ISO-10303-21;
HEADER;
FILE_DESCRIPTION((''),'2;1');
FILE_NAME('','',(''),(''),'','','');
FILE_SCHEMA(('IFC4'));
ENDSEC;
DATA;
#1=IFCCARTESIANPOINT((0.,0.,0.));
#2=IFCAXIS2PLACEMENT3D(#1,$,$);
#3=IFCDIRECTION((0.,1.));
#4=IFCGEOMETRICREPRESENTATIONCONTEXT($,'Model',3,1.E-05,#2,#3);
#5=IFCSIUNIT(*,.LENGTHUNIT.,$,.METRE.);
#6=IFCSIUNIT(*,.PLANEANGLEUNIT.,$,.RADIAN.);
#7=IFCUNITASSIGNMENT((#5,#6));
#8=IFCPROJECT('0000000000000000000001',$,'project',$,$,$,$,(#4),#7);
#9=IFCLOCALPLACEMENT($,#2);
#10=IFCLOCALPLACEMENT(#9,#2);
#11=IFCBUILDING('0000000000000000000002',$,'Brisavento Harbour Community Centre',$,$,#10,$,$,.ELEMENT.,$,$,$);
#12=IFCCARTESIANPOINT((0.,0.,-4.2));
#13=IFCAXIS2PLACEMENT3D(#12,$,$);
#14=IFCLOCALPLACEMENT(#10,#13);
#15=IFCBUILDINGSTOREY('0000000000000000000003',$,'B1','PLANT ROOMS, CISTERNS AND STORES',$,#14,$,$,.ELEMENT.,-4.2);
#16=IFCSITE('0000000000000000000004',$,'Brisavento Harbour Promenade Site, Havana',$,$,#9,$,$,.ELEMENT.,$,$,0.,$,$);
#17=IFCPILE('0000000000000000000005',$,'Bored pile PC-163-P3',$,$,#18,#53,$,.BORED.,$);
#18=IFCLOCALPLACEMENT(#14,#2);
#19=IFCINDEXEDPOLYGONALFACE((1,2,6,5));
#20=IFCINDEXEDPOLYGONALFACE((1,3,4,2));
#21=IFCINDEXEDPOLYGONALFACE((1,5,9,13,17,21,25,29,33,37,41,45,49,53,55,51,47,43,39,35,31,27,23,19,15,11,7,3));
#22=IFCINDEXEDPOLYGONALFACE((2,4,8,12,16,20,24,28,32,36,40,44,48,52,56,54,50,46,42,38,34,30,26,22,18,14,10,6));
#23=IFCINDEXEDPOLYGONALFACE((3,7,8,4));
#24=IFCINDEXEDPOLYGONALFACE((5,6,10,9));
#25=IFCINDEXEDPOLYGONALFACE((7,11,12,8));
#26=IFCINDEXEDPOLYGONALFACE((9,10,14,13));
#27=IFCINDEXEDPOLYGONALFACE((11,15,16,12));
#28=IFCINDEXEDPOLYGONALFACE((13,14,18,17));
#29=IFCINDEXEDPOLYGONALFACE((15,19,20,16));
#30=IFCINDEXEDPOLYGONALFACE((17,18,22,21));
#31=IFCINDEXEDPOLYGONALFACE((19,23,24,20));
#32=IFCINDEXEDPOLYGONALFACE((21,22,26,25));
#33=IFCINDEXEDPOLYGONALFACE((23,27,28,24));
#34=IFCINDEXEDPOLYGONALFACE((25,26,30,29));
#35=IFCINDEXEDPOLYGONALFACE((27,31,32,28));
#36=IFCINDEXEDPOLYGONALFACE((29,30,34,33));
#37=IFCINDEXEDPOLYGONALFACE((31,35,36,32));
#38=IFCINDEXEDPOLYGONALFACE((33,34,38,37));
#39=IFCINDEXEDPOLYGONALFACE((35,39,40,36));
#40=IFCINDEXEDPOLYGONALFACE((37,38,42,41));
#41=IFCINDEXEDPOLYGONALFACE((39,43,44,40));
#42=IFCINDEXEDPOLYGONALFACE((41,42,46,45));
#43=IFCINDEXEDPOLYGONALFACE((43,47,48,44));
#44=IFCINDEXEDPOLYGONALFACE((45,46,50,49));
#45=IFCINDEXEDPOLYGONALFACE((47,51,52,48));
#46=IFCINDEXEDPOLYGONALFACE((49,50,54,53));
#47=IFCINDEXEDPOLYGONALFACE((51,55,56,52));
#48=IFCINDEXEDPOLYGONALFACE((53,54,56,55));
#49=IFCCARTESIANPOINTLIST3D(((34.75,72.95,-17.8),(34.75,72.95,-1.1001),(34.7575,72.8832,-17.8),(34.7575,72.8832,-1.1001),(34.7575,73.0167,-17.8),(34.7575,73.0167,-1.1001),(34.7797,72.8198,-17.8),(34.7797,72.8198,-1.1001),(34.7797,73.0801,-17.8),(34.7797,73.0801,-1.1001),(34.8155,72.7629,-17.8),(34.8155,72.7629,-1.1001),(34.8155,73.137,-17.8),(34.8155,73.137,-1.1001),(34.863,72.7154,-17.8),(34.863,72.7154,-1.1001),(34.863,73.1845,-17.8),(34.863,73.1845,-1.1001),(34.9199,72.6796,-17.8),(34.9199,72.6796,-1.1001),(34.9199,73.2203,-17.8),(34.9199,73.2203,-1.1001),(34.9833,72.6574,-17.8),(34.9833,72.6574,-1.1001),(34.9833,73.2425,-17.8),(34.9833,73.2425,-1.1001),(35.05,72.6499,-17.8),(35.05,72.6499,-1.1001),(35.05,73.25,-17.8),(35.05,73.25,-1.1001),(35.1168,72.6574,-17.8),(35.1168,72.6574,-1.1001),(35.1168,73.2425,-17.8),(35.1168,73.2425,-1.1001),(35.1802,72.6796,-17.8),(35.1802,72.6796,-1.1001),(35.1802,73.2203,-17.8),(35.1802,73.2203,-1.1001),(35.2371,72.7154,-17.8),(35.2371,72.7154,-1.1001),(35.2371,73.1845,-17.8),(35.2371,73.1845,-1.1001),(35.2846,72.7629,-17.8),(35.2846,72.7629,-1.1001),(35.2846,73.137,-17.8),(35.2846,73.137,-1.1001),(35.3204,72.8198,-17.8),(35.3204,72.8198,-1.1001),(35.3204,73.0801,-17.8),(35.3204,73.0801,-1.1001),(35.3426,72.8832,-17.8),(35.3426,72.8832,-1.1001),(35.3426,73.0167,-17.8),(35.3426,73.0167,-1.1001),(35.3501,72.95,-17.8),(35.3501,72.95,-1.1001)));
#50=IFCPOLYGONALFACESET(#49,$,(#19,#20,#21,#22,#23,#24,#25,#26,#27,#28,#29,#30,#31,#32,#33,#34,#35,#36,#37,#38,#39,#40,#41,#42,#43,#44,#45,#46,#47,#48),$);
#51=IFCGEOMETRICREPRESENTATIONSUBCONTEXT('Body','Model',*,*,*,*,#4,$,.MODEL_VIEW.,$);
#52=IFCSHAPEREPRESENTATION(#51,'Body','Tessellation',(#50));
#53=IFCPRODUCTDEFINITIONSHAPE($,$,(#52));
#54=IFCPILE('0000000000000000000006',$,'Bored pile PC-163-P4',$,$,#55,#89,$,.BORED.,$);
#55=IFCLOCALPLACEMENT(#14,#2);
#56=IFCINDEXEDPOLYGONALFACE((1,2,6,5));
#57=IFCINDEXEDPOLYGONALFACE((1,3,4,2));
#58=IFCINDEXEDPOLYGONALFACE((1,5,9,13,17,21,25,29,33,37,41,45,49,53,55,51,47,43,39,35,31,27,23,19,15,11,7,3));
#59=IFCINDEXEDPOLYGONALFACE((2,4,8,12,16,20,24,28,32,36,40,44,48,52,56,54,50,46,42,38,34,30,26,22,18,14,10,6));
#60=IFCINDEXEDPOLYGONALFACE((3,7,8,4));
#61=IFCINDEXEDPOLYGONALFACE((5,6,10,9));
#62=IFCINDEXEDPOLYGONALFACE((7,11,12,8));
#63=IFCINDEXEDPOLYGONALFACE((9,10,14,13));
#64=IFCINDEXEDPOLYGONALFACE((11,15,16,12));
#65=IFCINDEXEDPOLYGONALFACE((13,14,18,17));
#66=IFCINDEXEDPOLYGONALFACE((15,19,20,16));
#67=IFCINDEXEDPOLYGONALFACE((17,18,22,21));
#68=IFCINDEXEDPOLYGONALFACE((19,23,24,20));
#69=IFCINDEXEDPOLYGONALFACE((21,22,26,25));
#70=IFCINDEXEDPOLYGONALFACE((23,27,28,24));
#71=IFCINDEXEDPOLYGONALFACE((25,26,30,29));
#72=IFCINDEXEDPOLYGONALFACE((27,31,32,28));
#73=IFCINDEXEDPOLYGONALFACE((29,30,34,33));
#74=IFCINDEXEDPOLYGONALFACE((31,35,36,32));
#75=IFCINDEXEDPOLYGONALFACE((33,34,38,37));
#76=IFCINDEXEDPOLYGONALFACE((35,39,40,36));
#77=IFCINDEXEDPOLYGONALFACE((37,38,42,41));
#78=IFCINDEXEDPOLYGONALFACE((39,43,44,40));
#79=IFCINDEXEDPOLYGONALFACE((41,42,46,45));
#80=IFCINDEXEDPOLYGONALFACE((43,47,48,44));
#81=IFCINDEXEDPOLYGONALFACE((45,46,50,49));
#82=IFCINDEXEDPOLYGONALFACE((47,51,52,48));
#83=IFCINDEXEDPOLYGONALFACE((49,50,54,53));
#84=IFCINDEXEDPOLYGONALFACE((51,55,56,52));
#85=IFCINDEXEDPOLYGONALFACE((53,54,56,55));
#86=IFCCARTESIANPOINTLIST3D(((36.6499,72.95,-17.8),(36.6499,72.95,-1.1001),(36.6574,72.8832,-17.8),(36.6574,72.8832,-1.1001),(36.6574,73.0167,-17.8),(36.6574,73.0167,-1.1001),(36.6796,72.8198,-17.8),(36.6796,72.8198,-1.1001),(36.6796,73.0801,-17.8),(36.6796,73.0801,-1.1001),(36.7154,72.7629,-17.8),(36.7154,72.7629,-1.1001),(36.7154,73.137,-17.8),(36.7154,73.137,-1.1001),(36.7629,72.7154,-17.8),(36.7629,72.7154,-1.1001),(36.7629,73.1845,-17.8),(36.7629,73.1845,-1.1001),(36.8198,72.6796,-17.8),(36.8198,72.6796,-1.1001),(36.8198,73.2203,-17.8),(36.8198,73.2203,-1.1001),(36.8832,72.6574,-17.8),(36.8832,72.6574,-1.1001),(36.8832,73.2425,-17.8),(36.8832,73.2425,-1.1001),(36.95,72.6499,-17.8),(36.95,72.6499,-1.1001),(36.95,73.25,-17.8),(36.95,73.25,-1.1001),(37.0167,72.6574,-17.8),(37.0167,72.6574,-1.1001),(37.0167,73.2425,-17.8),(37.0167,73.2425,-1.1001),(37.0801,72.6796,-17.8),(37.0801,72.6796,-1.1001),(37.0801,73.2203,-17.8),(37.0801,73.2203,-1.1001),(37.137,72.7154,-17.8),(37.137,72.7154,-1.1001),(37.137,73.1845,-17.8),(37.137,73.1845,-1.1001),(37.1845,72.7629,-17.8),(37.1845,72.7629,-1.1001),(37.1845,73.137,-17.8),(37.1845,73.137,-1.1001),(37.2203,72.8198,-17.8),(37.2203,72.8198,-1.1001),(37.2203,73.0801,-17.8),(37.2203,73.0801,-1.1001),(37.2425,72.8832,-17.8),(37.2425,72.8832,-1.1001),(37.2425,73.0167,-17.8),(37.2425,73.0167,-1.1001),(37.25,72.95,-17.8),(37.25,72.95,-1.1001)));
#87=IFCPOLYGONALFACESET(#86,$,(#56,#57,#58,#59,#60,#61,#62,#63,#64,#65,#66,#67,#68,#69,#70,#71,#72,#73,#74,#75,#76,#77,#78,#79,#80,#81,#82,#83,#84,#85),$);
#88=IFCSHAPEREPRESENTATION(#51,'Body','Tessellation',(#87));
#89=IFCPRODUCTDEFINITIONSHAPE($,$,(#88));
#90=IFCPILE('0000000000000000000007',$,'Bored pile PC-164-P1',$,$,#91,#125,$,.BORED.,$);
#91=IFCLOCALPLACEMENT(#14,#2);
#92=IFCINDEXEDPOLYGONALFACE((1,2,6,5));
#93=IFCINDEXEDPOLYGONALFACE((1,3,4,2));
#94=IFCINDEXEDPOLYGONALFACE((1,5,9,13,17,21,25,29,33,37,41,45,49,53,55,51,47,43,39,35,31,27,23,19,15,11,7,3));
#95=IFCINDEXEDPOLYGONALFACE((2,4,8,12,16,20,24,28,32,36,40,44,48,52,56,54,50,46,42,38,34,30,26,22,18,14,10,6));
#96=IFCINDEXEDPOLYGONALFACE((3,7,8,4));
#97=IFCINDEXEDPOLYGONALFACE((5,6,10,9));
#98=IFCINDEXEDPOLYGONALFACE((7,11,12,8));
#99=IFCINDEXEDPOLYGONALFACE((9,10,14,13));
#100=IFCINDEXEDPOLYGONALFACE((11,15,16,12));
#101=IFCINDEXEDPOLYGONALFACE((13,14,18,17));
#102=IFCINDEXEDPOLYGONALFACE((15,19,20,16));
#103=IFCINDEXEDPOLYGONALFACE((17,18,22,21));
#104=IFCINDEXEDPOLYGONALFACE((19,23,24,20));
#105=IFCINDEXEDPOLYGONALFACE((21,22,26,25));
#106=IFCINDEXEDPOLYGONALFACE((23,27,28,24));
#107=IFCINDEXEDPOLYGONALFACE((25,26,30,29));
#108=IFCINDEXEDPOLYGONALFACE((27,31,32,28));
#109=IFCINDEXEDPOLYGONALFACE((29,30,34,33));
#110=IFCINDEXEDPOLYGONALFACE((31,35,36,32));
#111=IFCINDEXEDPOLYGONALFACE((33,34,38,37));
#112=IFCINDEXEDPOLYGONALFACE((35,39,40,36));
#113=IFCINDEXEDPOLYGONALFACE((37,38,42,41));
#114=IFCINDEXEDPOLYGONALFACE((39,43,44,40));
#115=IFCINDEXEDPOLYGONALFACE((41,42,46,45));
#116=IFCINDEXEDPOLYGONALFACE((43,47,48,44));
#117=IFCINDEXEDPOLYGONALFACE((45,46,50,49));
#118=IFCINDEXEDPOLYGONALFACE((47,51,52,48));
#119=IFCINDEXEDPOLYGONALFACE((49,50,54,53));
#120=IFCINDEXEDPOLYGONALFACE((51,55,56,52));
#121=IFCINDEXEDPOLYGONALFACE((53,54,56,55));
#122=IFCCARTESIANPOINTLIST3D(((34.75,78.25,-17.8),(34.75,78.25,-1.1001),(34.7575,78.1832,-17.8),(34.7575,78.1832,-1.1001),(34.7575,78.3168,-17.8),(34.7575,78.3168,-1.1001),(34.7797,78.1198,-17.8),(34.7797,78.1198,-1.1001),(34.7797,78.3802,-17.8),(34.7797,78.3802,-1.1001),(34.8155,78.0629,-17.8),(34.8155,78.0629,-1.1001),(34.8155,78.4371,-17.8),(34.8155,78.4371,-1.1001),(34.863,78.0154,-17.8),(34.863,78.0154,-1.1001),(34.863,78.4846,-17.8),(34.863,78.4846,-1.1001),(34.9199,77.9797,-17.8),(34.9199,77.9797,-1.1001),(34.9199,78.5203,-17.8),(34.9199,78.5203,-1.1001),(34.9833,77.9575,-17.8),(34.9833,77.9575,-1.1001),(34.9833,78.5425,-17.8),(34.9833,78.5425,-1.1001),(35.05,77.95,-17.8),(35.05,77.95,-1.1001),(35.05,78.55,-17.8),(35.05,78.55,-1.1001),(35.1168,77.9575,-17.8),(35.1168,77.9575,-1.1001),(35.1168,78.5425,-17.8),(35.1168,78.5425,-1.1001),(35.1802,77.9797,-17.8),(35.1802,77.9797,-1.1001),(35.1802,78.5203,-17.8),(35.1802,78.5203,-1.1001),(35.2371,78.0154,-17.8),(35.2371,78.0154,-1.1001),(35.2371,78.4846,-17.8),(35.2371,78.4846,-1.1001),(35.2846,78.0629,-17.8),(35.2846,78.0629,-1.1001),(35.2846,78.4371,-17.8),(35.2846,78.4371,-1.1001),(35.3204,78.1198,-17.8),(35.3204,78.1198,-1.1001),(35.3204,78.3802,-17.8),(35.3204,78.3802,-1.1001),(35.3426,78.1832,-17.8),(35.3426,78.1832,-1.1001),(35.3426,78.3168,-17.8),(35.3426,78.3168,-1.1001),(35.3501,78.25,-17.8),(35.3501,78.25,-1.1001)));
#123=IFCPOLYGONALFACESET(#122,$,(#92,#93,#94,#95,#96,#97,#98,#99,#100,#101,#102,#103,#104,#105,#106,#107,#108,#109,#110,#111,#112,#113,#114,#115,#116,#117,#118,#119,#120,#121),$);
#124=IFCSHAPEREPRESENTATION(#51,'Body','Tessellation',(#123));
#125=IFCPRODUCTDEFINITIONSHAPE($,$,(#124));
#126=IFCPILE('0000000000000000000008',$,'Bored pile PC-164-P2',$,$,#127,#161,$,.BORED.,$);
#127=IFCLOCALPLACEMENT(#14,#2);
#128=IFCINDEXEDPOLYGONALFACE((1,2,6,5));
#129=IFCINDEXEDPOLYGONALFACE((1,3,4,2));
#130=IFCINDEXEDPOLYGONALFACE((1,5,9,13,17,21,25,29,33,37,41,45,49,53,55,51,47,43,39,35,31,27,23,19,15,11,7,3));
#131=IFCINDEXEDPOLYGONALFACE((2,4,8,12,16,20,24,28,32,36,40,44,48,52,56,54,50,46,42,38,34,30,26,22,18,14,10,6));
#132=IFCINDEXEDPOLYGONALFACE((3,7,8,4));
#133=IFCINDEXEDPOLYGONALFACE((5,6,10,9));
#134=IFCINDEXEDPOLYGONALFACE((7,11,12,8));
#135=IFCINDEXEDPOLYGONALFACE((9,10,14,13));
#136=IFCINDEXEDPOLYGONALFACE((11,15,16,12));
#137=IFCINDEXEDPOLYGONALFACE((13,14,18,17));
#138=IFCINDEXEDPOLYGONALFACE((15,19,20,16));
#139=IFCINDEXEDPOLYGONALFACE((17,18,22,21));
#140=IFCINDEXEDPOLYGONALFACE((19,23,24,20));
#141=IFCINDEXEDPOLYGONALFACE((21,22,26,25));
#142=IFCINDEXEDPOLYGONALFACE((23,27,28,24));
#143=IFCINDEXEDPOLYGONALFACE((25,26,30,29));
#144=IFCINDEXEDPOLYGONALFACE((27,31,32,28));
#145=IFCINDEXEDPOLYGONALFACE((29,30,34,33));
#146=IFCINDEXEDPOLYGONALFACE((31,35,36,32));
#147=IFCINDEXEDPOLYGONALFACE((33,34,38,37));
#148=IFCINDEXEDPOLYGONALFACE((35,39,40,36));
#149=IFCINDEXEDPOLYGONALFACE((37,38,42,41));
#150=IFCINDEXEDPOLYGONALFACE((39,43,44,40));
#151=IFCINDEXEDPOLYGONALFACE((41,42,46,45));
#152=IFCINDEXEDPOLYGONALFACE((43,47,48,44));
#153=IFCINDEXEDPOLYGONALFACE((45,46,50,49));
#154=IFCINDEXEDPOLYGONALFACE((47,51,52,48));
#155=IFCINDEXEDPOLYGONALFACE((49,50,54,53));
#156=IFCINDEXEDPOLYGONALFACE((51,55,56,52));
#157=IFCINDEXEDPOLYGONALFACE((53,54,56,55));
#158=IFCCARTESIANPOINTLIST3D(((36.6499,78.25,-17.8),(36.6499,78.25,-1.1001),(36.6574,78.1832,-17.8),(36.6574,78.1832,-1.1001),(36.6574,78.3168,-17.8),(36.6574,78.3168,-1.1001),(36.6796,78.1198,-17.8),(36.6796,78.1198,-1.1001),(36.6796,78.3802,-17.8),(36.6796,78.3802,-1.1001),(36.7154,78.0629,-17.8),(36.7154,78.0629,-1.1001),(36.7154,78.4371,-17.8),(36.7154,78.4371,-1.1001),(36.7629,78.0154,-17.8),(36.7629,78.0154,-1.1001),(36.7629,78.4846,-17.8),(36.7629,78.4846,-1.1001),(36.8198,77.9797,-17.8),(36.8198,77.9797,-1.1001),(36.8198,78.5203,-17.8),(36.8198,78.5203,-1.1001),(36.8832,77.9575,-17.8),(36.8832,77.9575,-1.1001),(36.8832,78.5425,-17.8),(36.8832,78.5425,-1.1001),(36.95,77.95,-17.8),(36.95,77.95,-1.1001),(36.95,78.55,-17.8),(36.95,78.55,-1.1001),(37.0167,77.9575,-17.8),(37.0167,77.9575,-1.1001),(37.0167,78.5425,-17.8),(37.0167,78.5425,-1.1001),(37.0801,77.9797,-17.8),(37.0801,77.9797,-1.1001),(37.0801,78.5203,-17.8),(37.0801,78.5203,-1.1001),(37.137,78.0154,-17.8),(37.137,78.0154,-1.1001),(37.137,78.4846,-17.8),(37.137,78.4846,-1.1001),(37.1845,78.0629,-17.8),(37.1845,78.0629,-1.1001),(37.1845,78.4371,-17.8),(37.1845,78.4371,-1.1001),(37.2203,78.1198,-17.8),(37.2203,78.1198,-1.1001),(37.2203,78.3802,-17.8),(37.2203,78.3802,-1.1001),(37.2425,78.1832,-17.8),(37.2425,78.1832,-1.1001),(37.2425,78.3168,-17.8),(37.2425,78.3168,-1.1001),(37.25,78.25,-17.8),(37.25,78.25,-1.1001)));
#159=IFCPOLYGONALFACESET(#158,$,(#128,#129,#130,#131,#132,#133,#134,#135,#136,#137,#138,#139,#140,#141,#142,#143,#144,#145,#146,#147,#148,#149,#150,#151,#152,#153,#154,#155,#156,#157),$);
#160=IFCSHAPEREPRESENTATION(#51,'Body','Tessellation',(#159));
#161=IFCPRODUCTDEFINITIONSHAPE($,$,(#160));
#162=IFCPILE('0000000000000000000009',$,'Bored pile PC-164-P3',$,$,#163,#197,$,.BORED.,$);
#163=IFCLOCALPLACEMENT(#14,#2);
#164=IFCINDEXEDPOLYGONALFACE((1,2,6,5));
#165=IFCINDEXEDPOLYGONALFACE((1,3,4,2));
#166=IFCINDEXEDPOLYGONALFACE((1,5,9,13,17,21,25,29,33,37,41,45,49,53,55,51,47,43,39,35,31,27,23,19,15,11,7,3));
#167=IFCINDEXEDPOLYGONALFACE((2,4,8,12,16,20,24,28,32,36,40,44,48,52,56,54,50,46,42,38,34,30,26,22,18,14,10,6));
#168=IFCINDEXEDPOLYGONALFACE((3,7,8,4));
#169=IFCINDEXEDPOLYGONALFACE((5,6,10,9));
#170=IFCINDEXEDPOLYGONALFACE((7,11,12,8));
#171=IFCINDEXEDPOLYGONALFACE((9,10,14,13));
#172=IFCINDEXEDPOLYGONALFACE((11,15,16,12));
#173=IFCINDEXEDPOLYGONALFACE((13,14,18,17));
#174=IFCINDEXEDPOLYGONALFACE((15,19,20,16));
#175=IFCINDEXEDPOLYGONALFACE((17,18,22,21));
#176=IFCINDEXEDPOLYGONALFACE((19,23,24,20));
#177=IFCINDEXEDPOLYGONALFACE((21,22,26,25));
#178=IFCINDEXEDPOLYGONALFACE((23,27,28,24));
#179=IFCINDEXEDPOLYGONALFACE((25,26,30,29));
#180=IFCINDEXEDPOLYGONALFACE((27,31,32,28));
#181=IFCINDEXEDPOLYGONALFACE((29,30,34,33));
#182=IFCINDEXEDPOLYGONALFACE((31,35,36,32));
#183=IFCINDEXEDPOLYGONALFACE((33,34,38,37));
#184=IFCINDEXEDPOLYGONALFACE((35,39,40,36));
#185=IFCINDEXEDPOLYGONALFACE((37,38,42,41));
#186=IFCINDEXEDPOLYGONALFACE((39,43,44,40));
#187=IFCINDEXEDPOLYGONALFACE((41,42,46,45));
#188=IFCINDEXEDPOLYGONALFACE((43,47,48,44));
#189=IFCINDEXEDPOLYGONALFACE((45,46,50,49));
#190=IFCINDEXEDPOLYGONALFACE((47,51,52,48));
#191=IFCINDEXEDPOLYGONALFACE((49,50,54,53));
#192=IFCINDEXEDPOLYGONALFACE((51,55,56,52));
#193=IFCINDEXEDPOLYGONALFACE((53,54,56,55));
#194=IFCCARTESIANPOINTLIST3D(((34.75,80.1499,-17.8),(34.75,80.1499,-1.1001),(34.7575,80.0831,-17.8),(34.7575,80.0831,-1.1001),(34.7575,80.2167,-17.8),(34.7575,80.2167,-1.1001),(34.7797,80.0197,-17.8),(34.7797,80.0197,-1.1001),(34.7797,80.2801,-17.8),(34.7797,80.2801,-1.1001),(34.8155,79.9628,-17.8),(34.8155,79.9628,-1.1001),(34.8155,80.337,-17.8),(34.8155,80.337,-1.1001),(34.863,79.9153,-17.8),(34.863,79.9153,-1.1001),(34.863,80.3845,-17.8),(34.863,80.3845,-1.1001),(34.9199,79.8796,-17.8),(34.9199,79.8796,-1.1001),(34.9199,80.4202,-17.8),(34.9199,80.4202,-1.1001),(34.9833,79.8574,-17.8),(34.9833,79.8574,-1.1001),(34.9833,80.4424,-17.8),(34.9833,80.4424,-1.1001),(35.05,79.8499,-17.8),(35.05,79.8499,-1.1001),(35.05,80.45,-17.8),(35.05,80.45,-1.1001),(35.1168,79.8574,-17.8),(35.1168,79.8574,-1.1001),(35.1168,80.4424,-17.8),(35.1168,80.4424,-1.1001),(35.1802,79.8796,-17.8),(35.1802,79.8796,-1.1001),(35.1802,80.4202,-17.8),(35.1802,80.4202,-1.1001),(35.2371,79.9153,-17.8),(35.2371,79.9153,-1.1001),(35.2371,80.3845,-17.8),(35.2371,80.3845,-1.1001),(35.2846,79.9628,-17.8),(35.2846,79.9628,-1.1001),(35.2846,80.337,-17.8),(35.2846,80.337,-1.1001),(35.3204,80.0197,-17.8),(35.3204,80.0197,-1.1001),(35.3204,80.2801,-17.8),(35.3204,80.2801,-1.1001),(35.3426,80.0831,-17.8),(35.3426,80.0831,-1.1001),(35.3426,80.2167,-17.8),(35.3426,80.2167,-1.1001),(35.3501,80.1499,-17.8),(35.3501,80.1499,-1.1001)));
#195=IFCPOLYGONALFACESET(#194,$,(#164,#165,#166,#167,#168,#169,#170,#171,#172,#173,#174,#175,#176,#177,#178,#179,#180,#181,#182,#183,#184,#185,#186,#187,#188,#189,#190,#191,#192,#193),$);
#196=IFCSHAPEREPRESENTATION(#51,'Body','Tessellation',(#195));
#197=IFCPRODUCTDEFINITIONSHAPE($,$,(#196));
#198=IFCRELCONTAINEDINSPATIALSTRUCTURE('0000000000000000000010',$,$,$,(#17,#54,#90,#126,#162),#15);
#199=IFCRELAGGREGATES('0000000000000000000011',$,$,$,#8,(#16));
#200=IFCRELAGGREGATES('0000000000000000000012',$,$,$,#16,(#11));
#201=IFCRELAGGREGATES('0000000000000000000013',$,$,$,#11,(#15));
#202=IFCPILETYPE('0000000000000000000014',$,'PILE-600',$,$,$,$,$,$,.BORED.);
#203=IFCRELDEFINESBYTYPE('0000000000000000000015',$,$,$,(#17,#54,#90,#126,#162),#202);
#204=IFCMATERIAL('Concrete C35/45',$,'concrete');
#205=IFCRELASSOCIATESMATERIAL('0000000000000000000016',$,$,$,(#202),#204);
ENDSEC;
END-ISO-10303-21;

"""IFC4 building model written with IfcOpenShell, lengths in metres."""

from ifc_helpers import new_model, si_unit, direction, frame, origin, origin_2d, place, context, subcontext, project, spatial, circle, extrude, material, material_profile, profile_set, type_object, element, save


model = new_model("IFC4")

# Units and contexts
model_context = context("Model", 3, precision=1e-05, world=origin(), true_north=direction((0.0, 1.0)))
body_context = subcontext(model_context, "Body", "Model", "MODEL_VIEW")
ifc_project = project(units=[si_unit("LENGTHUNIT", "METRE"), si_unit("PLANEANGLEUNIT", "RADIAN")], contexts=[model_context])

# Site, building, storey
site_placement = place(None, origin())
site = spatial("IfcSite", under=ifc_project, at=site_placement, Name="Brisavento Harbour Promenade Site, Havana", CompositionType="ELEMENT", RefElevation=0.0)
building_placement = place(site_placement, origin())
building = spatial("IfcBuilding", under=site, at=building_placement, Name="Brisavento Harbour Community Centre", CompositionType="ELEMENT")
storey_placement = place(building_placement, frame((0.0, 0.0, -4.2)))
storey = spatial("IfcBuildingStorey", under=building, at=storey_placement, Name="B1", Description="PLANT ROOMS, CISTERNS AND STORES", CompositionType="ELEMENT", Elevation=-4.2)

# Shared definitions
ifc_material = material(Name="Concrete C35/45", Category="concrete")

# Piles
ifc_material_profile_1 = material_profile(ifc_material, circle(Radius=0.3, at=origin_2d()), Name="Concrete C35/45")
ifc_profile_set_1 = profile_set([ifc_material_profile_1], Name="Concrete C35/45")
pile_type = type_object("IfcPileType", Name="PILE-600", PredefinedType="BORED", material=ifc_profile_set_1)
for number, where, z_axis, x_axis, name in (
    (1, (35.05, 72.95, -1.1001), (0.0, 0.0, -1.0), (1.0, 0.0, 0.0), "Bored pile PC-163-P3"),
    (2, (36.95, 72.95, -1.1001), (0.0, 0.0, -1.0), (1.0, 0.0, 0.0), "Bored pile PC-163-P4"),
    (3, (35.05, 78.25, -1.1001), (0.0, 0.0, -1.0), (1.0, 0.0, 0.0), "Bored pile PC-164-P1"),
    (4, (36.95, 78.25, -1.1001), (0.0, 0.0, -1.0), (1.0, 0.0, 0.0), "Bored pile PC-164-P2"),
    (5, (35.05, 80.1499, -1.1001), (0.0, 0.0, -1.0), (1.0, 0.0, 0.0), "Bored pile PC-164-P3"),
):
    element("IfcPile", number, at=place(storey_placement, frame(where, z_axis=z_axis, x_axis=x_axis)), inside=storey, type_object=pile_type, Name=name, PredefinedType="BORED", context=body_context, shape_type="SweptSolid", body=[
        extrude(circle(Radius=0.3, at=origin_2d()), origin(), (0.0, 0.0, 1.0), 16.7),
    ])

save(model, "model.ifc")
